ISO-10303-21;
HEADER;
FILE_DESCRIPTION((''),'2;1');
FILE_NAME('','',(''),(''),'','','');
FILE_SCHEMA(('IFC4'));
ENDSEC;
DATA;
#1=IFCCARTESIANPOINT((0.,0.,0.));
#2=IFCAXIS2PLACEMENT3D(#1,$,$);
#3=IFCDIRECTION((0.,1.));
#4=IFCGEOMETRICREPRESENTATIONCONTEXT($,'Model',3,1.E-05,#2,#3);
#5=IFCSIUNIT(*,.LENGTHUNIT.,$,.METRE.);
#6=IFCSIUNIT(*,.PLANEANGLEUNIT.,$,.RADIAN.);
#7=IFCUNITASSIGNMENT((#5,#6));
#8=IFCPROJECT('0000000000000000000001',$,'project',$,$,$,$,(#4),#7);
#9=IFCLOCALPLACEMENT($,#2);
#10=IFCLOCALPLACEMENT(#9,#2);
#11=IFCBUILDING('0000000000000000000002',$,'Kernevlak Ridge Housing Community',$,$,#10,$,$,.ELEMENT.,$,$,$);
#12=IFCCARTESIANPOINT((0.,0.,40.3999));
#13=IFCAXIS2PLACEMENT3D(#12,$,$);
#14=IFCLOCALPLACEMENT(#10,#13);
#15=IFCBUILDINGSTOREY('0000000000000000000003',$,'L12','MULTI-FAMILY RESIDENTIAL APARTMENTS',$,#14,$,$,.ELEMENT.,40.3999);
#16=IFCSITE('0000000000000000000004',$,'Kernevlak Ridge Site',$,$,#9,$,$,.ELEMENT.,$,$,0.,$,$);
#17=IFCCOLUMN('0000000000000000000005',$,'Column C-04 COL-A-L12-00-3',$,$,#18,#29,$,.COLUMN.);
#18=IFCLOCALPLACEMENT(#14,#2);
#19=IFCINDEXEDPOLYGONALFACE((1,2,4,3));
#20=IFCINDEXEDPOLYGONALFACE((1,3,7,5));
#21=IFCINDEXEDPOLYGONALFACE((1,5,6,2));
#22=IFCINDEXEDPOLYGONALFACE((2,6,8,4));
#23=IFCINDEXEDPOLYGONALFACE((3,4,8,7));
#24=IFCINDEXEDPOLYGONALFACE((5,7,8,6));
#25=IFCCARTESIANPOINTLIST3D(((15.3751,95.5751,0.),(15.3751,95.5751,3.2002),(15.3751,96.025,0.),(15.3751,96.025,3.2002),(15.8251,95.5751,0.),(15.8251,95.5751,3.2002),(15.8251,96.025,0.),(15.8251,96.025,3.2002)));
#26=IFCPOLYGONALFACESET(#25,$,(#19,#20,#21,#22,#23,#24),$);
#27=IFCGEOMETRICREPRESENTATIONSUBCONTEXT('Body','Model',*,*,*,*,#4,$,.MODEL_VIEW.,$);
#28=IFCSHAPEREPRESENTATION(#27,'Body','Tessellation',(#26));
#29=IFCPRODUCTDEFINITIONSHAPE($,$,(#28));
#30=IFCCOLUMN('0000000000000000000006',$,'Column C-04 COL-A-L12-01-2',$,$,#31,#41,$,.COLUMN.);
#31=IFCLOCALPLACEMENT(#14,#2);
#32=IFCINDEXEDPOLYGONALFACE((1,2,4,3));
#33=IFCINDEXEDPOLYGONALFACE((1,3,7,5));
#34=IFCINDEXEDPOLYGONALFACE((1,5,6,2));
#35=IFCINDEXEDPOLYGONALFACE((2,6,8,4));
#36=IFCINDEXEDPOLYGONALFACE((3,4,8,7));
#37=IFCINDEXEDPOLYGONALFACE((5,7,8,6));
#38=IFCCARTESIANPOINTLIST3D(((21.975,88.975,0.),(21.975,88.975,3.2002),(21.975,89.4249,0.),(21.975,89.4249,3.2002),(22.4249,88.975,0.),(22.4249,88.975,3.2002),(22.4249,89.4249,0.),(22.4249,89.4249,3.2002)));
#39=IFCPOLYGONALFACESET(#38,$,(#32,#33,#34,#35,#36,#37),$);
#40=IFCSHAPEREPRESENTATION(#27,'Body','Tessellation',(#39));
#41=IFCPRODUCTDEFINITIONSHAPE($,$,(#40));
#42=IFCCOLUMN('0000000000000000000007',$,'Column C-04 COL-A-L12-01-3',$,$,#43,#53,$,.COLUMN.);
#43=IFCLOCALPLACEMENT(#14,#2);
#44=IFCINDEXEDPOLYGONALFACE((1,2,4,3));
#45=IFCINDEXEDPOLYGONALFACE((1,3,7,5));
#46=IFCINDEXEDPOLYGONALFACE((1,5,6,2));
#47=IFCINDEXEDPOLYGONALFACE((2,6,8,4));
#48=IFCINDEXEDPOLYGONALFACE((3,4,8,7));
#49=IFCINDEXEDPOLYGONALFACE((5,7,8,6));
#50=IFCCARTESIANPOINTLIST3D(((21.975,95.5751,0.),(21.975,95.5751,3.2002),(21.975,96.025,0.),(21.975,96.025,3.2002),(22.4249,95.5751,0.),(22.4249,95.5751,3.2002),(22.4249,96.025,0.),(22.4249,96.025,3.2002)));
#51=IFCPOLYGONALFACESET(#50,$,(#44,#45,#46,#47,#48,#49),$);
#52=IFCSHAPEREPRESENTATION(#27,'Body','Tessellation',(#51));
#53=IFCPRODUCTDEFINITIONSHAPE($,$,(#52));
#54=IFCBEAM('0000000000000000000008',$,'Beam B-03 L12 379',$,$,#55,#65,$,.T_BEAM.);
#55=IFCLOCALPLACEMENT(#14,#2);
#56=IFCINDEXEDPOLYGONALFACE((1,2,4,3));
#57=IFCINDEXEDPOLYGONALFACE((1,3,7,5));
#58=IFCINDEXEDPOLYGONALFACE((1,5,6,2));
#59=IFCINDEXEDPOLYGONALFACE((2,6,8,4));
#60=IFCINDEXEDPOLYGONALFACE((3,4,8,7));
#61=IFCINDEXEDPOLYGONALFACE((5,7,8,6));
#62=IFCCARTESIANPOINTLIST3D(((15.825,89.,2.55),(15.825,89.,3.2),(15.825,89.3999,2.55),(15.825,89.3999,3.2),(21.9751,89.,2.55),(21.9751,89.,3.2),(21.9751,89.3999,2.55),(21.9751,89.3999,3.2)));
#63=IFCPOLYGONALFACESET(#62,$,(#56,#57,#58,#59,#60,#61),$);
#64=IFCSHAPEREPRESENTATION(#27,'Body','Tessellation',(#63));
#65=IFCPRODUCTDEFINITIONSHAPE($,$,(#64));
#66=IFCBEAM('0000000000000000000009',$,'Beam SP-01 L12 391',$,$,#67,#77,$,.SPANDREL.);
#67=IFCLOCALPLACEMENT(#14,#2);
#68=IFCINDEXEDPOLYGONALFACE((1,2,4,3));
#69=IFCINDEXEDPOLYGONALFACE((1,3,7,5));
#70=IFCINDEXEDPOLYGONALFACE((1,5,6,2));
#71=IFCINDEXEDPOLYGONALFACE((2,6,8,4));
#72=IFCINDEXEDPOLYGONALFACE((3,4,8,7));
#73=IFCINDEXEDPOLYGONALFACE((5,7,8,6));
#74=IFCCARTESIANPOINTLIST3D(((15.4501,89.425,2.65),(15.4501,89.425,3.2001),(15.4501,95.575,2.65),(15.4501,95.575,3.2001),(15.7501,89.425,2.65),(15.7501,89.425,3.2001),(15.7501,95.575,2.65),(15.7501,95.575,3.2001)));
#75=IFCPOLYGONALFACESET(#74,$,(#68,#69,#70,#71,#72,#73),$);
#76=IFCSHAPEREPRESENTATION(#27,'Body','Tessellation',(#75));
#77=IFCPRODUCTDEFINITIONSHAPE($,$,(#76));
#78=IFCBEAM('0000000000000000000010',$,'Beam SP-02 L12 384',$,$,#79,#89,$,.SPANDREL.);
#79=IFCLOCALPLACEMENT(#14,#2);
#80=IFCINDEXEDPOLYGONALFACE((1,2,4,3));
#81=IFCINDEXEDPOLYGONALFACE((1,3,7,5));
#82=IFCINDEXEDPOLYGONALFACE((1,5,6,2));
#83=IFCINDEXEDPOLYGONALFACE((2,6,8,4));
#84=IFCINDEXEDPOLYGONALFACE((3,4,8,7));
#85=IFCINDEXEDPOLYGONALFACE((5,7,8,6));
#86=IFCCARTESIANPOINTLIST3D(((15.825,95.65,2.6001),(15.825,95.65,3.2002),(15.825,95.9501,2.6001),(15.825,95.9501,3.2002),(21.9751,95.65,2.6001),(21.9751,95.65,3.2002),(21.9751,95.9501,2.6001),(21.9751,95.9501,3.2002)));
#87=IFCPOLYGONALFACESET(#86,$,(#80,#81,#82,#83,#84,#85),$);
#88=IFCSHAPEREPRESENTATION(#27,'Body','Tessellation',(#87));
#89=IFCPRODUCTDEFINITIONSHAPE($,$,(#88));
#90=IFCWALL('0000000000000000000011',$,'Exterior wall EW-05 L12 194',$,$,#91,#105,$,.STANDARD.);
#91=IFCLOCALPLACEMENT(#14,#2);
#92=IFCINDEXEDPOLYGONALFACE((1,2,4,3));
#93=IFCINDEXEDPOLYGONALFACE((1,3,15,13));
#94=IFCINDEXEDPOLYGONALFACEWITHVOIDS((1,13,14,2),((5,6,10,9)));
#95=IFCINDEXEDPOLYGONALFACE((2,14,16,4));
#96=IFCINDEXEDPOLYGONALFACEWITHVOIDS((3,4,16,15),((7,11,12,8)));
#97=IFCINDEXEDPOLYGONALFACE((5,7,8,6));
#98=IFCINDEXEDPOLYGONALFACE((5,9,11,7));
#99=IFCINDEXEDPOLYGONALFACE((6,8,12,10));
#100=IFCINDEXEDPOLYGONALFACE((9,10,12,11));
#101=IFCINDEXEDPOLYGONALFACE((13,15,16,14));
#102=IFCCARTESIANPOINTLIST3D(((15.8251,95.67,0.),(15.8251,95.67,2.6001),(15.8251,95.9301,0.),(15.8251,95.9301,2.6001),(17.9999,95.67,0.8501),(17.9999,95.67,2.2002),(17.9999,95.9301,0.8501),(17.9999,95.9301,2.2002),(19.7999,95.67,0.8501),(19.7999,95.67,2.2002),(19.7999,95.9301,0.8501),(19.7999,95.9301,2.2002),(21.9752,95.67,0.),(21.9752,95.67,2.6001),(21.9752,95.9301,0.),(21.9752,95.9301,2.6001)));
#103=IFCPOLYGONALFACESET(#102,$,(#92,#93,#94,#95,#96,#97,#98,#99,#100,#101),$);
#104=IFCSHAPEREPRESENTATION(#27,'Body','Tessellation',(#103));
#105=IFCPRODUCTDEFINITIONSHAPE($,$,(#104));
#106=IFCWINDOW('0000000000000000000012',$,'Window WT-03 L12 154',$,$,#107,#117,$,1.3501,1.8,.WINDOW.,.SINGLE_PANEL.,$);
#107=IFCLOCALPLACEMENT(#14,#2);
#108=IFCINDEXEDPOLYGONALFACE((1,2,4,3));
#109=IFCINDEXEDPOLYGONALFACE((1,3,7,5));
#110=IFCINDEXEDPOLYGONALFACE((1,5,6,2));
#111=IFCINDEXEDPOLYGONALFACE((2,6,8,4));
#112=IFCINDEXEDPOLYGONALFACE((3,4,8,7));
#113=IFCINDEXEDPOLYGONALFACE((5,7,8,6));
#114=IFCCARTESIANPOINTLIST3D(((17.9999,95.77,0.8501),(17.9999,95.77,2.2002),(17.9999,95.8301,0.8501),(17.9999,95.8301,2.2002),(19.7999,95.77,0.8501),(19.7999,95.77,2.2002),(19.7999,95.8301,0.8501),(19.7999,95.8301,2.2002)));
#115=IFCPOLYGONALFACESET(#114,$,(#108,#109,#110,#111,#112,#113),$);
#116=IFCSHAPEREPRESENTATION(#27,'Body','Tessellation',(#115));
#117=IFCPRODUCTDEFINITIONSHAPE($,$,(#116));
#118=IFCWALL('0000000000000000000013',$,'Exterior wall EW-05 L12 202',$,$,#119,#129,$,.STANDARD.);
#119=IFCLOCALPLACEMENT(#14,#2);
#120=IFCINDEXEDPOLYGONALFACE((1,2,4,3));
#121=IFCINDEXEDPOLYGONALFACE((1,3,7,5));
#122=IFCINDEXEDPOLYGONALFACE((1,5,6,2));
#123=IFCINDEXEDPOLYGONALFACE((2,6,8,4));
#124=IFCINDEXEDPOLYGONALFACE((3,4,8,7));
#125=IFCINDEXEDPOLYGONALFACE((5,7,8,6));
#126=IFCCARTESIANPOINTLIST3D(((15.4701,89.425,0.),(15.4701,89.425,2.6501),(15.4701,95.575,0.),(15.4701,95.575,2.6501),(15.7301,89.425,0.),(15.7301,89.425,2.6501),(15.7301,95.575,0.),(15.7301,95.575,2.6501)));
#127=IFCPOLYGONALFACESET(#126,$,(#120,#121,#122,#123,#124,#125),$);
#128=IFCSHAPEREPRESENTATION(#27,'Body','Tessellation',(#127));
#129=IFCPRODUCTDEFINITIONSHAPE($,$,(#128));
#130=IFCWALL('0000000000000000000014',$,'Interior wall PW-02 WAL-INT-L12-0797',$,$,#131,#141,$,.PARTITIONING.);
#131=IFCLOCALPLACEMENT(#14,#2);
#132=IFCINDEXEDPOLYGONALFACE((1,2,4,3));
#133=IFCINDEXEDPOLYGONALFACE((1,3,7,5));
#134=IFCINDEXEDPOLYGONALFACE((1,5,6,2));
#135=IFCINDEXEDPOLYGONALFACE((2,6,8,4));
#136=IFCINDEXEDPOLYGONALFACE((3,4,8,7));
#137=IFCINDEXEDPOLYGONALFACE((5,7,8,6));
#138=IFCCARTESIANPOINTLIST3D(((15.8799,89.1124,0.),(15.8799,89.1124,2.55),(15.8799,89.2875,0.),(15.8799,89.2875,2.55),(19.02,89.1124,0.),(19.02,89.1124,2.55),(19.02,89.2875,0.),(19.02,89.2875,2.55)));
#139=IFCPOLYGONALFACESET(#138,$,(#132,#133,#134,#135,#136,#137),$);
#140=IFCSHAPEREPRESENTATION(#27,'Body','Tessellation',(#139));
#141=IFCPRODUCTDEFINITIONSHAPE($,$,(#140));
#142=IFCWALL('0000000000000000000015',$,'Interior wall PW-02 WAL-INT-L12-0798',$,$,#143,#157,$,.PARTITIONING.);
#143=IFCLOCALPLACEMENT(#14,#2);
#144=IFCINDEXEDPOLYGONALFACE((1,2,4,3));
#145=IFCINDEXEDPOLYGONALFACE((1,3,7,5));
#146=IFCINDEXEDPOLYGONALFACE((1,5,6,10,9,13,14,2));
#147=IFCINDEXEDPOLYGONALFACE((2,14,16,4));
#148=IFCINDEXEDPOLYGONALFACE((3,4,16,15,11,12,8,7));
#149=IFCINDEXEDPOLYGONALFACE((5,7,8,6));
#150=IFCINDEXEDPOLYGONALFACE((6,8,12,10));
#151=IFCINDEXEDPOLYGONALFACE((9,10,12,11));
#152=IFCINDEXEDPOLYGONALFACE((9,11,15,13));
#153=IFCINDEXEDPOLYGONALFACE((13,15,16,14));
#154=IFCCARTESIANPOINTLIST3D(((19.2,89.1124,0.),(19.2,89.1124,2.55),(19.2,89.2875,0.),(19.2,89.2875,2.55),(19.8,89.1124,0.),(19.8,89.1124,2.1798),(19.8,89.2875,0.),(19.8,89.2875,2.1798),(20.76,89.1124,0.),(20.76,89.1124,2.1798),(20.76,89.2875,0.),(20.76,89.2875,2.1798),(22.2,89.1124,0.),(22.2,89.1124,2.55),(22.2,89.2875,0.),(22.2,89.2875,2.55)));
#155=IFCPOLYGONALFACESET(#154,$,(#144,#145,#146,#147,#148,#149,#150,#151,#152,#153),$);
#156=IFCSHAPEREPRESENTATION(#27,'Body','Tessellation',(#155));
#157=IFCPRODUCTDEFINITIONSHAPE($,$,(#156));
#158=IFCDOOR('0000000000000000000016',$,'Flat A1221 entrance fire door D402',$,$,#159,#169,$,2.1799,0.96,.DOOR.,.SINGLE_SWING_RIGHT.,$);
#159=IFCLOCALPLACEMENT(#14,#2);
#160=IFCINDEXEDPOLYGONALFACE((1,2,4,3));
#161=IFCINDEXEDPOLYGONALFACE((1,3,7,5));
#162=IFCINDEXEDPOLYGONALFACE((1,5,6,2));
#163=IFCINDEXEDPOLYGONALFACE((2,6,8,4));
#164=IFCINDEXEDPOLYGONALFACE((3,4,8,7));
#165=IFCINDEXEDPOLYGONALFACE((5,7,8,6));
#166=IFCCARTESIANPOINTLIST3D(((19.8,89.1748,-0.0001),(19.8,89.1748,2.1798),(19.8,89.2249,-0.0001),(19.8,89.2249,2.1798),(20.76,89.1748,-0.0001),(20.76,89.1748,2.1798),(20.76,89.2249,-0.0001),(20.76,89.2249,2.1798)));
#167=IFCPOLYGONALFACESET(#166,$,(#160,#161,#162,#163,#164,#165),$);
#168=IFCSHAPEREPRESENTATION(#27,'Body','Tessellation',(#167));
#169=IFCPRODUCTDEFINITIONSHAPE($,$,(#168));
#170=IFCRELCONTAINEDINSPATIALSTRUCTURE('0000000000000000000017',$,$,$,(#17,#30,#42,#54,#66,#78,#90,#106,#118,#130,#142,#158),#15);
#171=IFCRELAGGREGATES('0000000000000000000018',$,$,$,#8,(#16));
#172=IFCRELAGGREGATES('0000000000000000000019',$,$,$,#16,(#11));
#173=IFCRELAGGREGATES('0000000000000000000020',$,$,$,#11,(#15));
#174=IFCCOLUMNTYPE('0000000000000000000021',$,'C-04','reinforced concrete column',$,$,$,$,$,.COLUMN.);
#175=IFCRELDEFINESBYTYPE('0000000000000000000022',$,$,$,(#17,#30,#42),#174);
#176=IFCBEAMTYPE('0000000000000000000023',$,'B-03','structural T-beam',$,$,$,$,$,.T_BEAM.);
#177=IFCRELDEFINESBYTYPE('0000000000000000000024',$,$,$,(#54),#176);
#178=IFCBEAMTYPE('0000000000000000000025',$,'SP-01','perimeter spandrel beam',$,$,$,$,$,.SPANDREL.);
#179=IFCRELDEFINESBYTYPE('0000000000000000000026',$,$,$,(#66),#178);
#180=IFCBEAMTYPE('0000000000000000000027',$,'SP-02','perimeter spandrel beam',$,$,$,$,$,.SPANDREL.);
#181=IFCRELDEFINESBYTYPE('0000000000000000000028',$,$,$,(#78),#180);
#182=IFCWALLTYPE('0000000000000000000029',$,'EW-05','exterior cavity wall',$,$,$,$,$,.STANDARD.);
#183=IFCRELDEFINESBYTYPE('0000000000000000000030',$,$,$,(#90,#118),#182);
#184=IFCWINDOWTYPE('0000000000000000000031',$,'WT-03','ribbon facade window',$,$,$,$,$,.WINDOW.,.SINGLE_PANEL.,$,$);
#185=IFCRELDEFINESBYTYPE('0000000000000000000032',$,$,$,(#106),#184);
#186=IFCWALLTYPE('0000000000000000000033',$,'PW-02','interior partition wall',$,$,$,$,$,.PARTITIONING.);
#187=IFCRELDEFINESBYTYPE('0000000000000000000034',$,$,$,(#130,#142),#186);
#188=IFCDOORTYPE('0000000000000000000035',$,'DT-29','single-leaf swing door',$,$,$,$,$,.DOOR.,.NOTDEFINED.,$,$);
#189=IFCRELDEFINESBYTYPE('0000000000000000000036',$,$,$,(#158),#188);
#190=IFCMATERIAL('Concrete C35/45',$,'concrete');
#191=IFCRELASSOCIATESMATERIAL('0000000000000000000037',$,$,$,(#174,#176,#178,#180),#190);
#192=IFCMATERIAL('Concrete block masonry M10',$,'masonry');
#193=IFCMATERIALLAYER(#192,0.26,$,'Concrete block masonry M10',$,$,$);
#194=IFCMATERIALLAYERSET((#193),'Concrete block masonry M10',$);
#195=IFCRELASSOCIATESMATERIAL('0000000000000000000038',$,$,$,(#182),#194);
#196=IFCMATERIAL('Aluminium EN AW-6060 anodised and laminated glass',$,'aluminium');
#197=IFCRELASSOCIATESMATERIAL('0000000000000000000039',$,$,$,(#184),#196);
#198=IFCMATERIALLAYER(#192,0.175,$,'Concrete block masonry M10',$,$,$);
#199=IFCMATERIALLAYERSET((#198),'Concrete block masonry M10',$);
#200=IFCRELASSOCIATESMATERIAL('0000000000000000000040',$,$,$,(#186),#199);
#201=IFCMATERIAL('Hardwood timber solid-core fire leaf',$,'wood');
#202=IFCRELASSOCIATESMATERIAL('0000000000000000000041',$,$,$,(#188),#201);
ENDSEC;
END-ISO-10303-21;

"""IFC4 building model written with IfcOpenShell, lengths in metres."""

from ifc_helpers import new_model, si_unit, direction, frame, frame_2d, origin, origin_2d, place, context, subcontext, project, spatial, rectangle, extrude, material, layer, layer_set, material_profile, profile_set, type_object, element, fill, save


model = new_model("IFC4")

# Units and contexts
model_context = context("Model", 3, precision=1e-05, world=origin(), true_north=direction((0.0, 1.0)))
body_context = subcontext(model_context, "Body", "Model", "MODEL_VIEW")
ifc_project = project(units=[si_unit("LENGTHUNIT", "METRE"), si_unit("PLANEANGLEUNIT", "RADIAN")], contexts=[model_context])

# Site, building, storey
site_placement = place(None, origin())
site = spatial("IfcSite", under=ifc_project, at=site_placement, Name="Kernevlak Ridge Site", CompositionType="ELEMENT", RefElevation=0.0)
building_placement = place(site_placement, origin())
building = spatial("IfcBuilding", under=site, at=building_placement, Name="Kernevlak Ridge Housing Community", CompositionType="ELEMENT")
storey_placement = place(building_placement, frame((0.0, 0.0, 40.3999)))
storey = spatial("IfcBuildingStorey", under=building, at=storey_placement, Name="L12", Description="MULTI-FAMILY RESIDENTIAL APARTMENTS", CompositionType="ELEMENT", Elevation=40.3999)

# Columns
ifc_material_1 = material(Name="Concrete C35/45", Category="concrete")
ifc_material_profile_1 = material_profile(ifc_material_1, rectangle(XDim=0.45, YDim=0.45, at=origin_2d()), Name="RC 450x450")
ifc_profile_set_1 = profile_set([ifc_material_profile_1], Name="Concrete C35/45")
column_type = type_object("IfcColumnType", Name="C-04", Description="reinforced concrete column", PredefinedType="COLUMN", material=ifc_profile_set_1)
for number, where, z_axis, x_axis, name in (
    (1, (15.6001, 95.8, 0.0), (0.0, 0.0, 1.0), (1.0, 0.0, 0.0), "Column C-04 COL-A-L12-00-3"),
    (2, (22.2, 89.2, 0.0), (0.0, 0.0, 1.0), (1.0, 0.0, 0.0), "Column C-04 COL-A-L12-01-2"),
    (3, (22.2, 95.8, 0.0), (0.0, 0.0, 1.0), (1.0, 0.0, 0.0), "Column C-04 COL-A-L12-01-3"),
):
    element("IfcColumn", number, at=place(storey_placement, frame(where, z_axis=z_axis, x_axis=x_axis)), inside=storey, type_object=column_type, Name=name, PredefinedType="COLUMN", context=body_context, shape_type="SweptSolid", body=[
        extrude(rectangle(XDim=0.45, YDim=0.45, at=origin_2d()), origin(), (0.0, 0.0, 1.0), 3.2002),
    ])

# Beams
ifc_material_profile_2 = material_profile(ifc_material_1, rectangle(XDim=0.3999, YDim=0.6499, at=origin_2d()), Name="RC 400x650")
ifc_profile_set_2 = profile_set([ifc_material_profile_2], Name="Concrete C35/45")
beam_type_1 = type_object("IfcBeamType", Name="B-03", Description="structural T-beam", PredefinedType="T_BEAM", material=ifc_profile_set_2)
beam_1_placement = place(storey_placement, frame((15.825, 89.2, 2.875), z_axis=(1.0, 0.0, 0.0), x_axis=(0.0, 1.0, 0.0)))
element("IfcBeam", 4, at=beam_1_placement, inside=storey, type_object=beam_type_1, Name="Beam B-03 L12 379", PredefinedType="T_BEAM", context=body_context, shape_type="SweptSolid", body=[
    extrude(rectangle(XDim=0.3999, YDim=0.6499, at=origin_2d()), origin(), (0.0, 0.0, 1.0), 6.1501),
])
ifc_material_profile_3 = material_profile(ifc_material_1, rectangle(XDim=0.3, YDim=0.55, at=origin_2d()), Name="RC 300x550")
ifc_profile_set_3 = profile_set([ifc_material_profile_3], Name="Concrete C35/45")
beam_type_2 = type_object("IfcBeamType", Name="SP-01", Description="perimeter spandrel beam", PredefinedType="SPANDREL", material=ifc_profile_set_3)
beam_2_placement = place(storey_placement, frame((15.6001, 89.425, 2.925), z_axis=(0.0, 1.0, 0.0), x_axis=(-1.0, 0.0, 0.0)))
element("IfcBeam", 5, at=beam_2_placement, inside=storey, type_object=beam_type_2, Name="Beam SP-01 L12 391", PredefinedType="SPANDREL", context=body_context, shape_type="SweptSolid", body=[
    extrude(rectangle(XDim=0.3, YDim=0.55, at=origin_2d()), origin(), (0.0, 0.0, 1.0), 6.1499),
])
ifc_material_profile_4 = material_profile(ifc_material_1, rectangle(XDim=0.3, YDim=0.6001, at=origin_2d()), Name="RC 300x600")
ifc_profile_set_4 = profile_set([ifc_material_profile_4], Name="Concrete C35/45")
beam_type_3 = type_object("IfcBeamType", Name="SP-02", Description="perimeter spandrel beam", PredefinedType="SPANDREL", material=ifc_profile_set_4)
beam_3_placement = place(storey_placement, frame((15.825, 95.8, 2.9001), z_axis=(1.0, 0.0, 0.0), x_axis=(0.0, 1.0, 0.0)))
element("IfcBeam", 6, at=beam_3_placement, inside=storey, type_object=beam_type_3, Name="Beam SP-02 L12 384", PredefinedType="SPANDREL", context=body_context, shape_type="SweptSolid", body=[
    extrude(rectangle(XDim=0.3, YDim=0.6001, at=origin_2d()), origin(), (0.0, 0.0, 1.0), 6.1501),
])

# Wall, opening, window
ifc_material_2 = material(Name="Concrete block masonry M10", Category="masonry")
ifc_layer_1 = layer(ifc_material_2, 0.26, Name="Concrete block masonry M10")
ifc_layer_set_1 = layer_set([ifc_layer_1], Name="Concrete block masonry M10")
wall_type_1 = type_object("IfcWallType", Name="EW-05", Description="exterior cavity wall", PredefinedType="STANDARD", material=ifc_layer_set_1)
wall_1_placement = place(storey_placement, frame((15.825, 95.8, 0.0), z_axis=(0.0, 0.0, 1.0), x_axis=(1.0, 0.0, 0.0)))
wall_1 = element("IfcWall", 7, at=wall_1_placement, inside=storey, type_object=wall_type_1, Name="Exterior wall EW-05 L12 194", PredefinedType="STANDARD", context=body_context, shape_type="SweptSolid", body=[
    extrude(rectangle(XDim=6.1501, YDim=0.26, at=frame_2d((3.0752, 0.0))), origin(), (0.0, 0.0, 1.0), 2.6001),
])
opening_1_placement = place(wall_1_placement, frame((2.175, 0.0, 0.8501)))
opening_1 = element("IfcOpeningElement", 8, at=opening_1_placement, cuts=wall_1, PredefinedType="OPENING", context=body_context, shape_type="SweptSolid", body=[
    extrude(rectangle(XDim=1.8, YDim=1.3501, at=frame_2d((0.8999, 0.675))), frame((0.0, 0.1399, 0.0), z_axis=(0.0, -1.0, 0.0), x_axis=(1.0, 0.0, 0.0)), (0.0, 0.0, 1.0), 0.28),
])
ifc_material_3 = material(Name="Aluminium EN AW-6060 anodised and laminated glass", Category="aluminium")
window_type = type_object("IfcWindowType", Name="WT-03", Description="ribbon facade window", PartitioningType="SINGLE_PANEL", PredefinedType="WINDOW", material=ifc_material_3)
window_placement = place(opening_1_placement, origin())
window = element("IfcWindow", 9, at=window_placement, inside=storey, type_object=window_type, Name="Window WT-03 L12 154", OverallHeight=1.3501, OverallWidth=1.8, PartitioningType="SINGLE_PANEL", PredefinedType="WINDOW", context=body_context, shape_type="SweptSolid", body=[
    extrude(rectangle(XDim=1.8, YDim=1.3501, at=frame_2d((0.8999, 0.675))), frame((0.0, 0.03, 0.0), z_axis=(0.0, -1.0, 0.0), x_axis=(1.0, 0.0, 0.0)), (0.0, 0.0, 1.0), 0.0601),
])
fill(opening_1, window)

# Walls
wall_2_placement = place(storey_placement, frame((15.6001, 89.425, 0.0), z_axis=(0.0, 0.0, 1.0), x_axis=(0.0, 1.0, 0.0)))
element("IfcWall", 10, at=wall_2_placement, inside=storey, type_object=wall_type_1, Name="Exterior wall EW-05 L12 202", PredefinedType="STANDARD", context=body_context, shape_type="SweptSolid", body=[
    extrude(rectangle(XDim=6.1499, YDim=0.26, at=frame_2d((3.075, 0.0))), origin(), (0.0, 0.0, 1.0), 2.6501),
])
ifc_layer_2 = layer(ifc_material_2, 0.175, Name="Concrete block masonry M10")
ifc_layer_set_2 = layer_set([ifc_layer_2], Name="Concrete block masonry M10")
wall_type_2 = type_object("IfcWallType", Name="PW-02", Description="interior partition wall", PredefinedType="PARTITIONING", material=ifc_layer_set_2)
wall_3_placement = place(storey_placement, frame((15.8799, 89.2, 0.0), z_axis=(0.0, 0.0, 1.0), x_axis=(1.0, 0.0, 0.0)))
element("IfcWall", 11, at=wall_3_placement, inside=storey, type_object=wall_type_2, Name="Interior wall PW-02 WAL-INT-L12-0797", PredefinedType="PARTITIONING", context=body_context, shape_type="SweptSolid", body=[
    extrude(rectangle(XDim=3.1401, YDim=0.175, at=frame_2d((1.5701, 0.0))), origin(), (0.0, 0.0, 1.0), 2.55),
])

# Wall, opening, door
wall_4_placement = place(storey_placement, frame((19.2, 89.2, 0.0), z_axis=(0.0, 0.0, 1.0), x_axis=(1.0, 0.0, 0.0)))
wall_4 = element("IfcWall", 12, at=wall_4_placement, inside=storey, type_object=wall_type_2, Name="Interior wall PW-02 WAL-INT-L12-0798", PredefinedType="PARTITIONING", context=body_context, shape_type="SweptSolid", body=[
    extrude(rectangle(XDim=3.0, YDim=0.175, at=frame_2d((1.5, 0.0))), origin(), (0.0, 0.0, 1.0), 2.55),
])
opening_2_placement = place(wall_4_placement, frame((0.6001, 0.0, 0.0)))
opening_2 = element("IfcOpeningElement", 13, at=opening_2_placement, cuts=wall_4, PredefinedType="OPENING", context=body_context, shape_type="SweptSolid", body=[
    extrude(rectangle(XDim=0.96, YDim=2.1799, at=frame_2d((0.48, 1.0898))), frame((0.0, 0.0974, 0.0), z_axis=(0.0, -1.0, 0.0), x_axis=(1.0, 0.0, 0.0)), (0.0, 0.0, 1.0), 0.1951),
])
ifc_material_4 = material(Name="Hardwood timber solid-core fire leaf", Category="wood")
door_type_1 = type_object("IfcDoorType", Name="DT-29", Description="single-leaf swing door", OperationType="NOTDEFINED", PredefinedType="DOOR", material=ifc_material_4)
door_1_placement = place(opening_2_placement, origin())
door_1 = element("IfcDoor", 14, at=door_1_placement, inside=storey, type_object=door_type_1, Name="Flat A1221 entrance fire door D402", OperationType="SINGLE_SWING_RIGHT", OverallHeight=2.1799, OverallWidth=0.96, PredefinedType="DOOR", context=body_context, shape_type="SweptSolid", body=[
    extrude(rectangle(XDim=0.96, YDim=2.1799, at=frame_2d((0.48, 1.0898))), frame((0.0, 0.0249, 0.0), z_axis=(0.0, -1.0, 0.0), x_axis=(1.0, 0.0, 0.0)), (0.0, 0.0, 1.0), 0.05),
])
fill(opening_2, door_1)

save(model, "model.ifc")
